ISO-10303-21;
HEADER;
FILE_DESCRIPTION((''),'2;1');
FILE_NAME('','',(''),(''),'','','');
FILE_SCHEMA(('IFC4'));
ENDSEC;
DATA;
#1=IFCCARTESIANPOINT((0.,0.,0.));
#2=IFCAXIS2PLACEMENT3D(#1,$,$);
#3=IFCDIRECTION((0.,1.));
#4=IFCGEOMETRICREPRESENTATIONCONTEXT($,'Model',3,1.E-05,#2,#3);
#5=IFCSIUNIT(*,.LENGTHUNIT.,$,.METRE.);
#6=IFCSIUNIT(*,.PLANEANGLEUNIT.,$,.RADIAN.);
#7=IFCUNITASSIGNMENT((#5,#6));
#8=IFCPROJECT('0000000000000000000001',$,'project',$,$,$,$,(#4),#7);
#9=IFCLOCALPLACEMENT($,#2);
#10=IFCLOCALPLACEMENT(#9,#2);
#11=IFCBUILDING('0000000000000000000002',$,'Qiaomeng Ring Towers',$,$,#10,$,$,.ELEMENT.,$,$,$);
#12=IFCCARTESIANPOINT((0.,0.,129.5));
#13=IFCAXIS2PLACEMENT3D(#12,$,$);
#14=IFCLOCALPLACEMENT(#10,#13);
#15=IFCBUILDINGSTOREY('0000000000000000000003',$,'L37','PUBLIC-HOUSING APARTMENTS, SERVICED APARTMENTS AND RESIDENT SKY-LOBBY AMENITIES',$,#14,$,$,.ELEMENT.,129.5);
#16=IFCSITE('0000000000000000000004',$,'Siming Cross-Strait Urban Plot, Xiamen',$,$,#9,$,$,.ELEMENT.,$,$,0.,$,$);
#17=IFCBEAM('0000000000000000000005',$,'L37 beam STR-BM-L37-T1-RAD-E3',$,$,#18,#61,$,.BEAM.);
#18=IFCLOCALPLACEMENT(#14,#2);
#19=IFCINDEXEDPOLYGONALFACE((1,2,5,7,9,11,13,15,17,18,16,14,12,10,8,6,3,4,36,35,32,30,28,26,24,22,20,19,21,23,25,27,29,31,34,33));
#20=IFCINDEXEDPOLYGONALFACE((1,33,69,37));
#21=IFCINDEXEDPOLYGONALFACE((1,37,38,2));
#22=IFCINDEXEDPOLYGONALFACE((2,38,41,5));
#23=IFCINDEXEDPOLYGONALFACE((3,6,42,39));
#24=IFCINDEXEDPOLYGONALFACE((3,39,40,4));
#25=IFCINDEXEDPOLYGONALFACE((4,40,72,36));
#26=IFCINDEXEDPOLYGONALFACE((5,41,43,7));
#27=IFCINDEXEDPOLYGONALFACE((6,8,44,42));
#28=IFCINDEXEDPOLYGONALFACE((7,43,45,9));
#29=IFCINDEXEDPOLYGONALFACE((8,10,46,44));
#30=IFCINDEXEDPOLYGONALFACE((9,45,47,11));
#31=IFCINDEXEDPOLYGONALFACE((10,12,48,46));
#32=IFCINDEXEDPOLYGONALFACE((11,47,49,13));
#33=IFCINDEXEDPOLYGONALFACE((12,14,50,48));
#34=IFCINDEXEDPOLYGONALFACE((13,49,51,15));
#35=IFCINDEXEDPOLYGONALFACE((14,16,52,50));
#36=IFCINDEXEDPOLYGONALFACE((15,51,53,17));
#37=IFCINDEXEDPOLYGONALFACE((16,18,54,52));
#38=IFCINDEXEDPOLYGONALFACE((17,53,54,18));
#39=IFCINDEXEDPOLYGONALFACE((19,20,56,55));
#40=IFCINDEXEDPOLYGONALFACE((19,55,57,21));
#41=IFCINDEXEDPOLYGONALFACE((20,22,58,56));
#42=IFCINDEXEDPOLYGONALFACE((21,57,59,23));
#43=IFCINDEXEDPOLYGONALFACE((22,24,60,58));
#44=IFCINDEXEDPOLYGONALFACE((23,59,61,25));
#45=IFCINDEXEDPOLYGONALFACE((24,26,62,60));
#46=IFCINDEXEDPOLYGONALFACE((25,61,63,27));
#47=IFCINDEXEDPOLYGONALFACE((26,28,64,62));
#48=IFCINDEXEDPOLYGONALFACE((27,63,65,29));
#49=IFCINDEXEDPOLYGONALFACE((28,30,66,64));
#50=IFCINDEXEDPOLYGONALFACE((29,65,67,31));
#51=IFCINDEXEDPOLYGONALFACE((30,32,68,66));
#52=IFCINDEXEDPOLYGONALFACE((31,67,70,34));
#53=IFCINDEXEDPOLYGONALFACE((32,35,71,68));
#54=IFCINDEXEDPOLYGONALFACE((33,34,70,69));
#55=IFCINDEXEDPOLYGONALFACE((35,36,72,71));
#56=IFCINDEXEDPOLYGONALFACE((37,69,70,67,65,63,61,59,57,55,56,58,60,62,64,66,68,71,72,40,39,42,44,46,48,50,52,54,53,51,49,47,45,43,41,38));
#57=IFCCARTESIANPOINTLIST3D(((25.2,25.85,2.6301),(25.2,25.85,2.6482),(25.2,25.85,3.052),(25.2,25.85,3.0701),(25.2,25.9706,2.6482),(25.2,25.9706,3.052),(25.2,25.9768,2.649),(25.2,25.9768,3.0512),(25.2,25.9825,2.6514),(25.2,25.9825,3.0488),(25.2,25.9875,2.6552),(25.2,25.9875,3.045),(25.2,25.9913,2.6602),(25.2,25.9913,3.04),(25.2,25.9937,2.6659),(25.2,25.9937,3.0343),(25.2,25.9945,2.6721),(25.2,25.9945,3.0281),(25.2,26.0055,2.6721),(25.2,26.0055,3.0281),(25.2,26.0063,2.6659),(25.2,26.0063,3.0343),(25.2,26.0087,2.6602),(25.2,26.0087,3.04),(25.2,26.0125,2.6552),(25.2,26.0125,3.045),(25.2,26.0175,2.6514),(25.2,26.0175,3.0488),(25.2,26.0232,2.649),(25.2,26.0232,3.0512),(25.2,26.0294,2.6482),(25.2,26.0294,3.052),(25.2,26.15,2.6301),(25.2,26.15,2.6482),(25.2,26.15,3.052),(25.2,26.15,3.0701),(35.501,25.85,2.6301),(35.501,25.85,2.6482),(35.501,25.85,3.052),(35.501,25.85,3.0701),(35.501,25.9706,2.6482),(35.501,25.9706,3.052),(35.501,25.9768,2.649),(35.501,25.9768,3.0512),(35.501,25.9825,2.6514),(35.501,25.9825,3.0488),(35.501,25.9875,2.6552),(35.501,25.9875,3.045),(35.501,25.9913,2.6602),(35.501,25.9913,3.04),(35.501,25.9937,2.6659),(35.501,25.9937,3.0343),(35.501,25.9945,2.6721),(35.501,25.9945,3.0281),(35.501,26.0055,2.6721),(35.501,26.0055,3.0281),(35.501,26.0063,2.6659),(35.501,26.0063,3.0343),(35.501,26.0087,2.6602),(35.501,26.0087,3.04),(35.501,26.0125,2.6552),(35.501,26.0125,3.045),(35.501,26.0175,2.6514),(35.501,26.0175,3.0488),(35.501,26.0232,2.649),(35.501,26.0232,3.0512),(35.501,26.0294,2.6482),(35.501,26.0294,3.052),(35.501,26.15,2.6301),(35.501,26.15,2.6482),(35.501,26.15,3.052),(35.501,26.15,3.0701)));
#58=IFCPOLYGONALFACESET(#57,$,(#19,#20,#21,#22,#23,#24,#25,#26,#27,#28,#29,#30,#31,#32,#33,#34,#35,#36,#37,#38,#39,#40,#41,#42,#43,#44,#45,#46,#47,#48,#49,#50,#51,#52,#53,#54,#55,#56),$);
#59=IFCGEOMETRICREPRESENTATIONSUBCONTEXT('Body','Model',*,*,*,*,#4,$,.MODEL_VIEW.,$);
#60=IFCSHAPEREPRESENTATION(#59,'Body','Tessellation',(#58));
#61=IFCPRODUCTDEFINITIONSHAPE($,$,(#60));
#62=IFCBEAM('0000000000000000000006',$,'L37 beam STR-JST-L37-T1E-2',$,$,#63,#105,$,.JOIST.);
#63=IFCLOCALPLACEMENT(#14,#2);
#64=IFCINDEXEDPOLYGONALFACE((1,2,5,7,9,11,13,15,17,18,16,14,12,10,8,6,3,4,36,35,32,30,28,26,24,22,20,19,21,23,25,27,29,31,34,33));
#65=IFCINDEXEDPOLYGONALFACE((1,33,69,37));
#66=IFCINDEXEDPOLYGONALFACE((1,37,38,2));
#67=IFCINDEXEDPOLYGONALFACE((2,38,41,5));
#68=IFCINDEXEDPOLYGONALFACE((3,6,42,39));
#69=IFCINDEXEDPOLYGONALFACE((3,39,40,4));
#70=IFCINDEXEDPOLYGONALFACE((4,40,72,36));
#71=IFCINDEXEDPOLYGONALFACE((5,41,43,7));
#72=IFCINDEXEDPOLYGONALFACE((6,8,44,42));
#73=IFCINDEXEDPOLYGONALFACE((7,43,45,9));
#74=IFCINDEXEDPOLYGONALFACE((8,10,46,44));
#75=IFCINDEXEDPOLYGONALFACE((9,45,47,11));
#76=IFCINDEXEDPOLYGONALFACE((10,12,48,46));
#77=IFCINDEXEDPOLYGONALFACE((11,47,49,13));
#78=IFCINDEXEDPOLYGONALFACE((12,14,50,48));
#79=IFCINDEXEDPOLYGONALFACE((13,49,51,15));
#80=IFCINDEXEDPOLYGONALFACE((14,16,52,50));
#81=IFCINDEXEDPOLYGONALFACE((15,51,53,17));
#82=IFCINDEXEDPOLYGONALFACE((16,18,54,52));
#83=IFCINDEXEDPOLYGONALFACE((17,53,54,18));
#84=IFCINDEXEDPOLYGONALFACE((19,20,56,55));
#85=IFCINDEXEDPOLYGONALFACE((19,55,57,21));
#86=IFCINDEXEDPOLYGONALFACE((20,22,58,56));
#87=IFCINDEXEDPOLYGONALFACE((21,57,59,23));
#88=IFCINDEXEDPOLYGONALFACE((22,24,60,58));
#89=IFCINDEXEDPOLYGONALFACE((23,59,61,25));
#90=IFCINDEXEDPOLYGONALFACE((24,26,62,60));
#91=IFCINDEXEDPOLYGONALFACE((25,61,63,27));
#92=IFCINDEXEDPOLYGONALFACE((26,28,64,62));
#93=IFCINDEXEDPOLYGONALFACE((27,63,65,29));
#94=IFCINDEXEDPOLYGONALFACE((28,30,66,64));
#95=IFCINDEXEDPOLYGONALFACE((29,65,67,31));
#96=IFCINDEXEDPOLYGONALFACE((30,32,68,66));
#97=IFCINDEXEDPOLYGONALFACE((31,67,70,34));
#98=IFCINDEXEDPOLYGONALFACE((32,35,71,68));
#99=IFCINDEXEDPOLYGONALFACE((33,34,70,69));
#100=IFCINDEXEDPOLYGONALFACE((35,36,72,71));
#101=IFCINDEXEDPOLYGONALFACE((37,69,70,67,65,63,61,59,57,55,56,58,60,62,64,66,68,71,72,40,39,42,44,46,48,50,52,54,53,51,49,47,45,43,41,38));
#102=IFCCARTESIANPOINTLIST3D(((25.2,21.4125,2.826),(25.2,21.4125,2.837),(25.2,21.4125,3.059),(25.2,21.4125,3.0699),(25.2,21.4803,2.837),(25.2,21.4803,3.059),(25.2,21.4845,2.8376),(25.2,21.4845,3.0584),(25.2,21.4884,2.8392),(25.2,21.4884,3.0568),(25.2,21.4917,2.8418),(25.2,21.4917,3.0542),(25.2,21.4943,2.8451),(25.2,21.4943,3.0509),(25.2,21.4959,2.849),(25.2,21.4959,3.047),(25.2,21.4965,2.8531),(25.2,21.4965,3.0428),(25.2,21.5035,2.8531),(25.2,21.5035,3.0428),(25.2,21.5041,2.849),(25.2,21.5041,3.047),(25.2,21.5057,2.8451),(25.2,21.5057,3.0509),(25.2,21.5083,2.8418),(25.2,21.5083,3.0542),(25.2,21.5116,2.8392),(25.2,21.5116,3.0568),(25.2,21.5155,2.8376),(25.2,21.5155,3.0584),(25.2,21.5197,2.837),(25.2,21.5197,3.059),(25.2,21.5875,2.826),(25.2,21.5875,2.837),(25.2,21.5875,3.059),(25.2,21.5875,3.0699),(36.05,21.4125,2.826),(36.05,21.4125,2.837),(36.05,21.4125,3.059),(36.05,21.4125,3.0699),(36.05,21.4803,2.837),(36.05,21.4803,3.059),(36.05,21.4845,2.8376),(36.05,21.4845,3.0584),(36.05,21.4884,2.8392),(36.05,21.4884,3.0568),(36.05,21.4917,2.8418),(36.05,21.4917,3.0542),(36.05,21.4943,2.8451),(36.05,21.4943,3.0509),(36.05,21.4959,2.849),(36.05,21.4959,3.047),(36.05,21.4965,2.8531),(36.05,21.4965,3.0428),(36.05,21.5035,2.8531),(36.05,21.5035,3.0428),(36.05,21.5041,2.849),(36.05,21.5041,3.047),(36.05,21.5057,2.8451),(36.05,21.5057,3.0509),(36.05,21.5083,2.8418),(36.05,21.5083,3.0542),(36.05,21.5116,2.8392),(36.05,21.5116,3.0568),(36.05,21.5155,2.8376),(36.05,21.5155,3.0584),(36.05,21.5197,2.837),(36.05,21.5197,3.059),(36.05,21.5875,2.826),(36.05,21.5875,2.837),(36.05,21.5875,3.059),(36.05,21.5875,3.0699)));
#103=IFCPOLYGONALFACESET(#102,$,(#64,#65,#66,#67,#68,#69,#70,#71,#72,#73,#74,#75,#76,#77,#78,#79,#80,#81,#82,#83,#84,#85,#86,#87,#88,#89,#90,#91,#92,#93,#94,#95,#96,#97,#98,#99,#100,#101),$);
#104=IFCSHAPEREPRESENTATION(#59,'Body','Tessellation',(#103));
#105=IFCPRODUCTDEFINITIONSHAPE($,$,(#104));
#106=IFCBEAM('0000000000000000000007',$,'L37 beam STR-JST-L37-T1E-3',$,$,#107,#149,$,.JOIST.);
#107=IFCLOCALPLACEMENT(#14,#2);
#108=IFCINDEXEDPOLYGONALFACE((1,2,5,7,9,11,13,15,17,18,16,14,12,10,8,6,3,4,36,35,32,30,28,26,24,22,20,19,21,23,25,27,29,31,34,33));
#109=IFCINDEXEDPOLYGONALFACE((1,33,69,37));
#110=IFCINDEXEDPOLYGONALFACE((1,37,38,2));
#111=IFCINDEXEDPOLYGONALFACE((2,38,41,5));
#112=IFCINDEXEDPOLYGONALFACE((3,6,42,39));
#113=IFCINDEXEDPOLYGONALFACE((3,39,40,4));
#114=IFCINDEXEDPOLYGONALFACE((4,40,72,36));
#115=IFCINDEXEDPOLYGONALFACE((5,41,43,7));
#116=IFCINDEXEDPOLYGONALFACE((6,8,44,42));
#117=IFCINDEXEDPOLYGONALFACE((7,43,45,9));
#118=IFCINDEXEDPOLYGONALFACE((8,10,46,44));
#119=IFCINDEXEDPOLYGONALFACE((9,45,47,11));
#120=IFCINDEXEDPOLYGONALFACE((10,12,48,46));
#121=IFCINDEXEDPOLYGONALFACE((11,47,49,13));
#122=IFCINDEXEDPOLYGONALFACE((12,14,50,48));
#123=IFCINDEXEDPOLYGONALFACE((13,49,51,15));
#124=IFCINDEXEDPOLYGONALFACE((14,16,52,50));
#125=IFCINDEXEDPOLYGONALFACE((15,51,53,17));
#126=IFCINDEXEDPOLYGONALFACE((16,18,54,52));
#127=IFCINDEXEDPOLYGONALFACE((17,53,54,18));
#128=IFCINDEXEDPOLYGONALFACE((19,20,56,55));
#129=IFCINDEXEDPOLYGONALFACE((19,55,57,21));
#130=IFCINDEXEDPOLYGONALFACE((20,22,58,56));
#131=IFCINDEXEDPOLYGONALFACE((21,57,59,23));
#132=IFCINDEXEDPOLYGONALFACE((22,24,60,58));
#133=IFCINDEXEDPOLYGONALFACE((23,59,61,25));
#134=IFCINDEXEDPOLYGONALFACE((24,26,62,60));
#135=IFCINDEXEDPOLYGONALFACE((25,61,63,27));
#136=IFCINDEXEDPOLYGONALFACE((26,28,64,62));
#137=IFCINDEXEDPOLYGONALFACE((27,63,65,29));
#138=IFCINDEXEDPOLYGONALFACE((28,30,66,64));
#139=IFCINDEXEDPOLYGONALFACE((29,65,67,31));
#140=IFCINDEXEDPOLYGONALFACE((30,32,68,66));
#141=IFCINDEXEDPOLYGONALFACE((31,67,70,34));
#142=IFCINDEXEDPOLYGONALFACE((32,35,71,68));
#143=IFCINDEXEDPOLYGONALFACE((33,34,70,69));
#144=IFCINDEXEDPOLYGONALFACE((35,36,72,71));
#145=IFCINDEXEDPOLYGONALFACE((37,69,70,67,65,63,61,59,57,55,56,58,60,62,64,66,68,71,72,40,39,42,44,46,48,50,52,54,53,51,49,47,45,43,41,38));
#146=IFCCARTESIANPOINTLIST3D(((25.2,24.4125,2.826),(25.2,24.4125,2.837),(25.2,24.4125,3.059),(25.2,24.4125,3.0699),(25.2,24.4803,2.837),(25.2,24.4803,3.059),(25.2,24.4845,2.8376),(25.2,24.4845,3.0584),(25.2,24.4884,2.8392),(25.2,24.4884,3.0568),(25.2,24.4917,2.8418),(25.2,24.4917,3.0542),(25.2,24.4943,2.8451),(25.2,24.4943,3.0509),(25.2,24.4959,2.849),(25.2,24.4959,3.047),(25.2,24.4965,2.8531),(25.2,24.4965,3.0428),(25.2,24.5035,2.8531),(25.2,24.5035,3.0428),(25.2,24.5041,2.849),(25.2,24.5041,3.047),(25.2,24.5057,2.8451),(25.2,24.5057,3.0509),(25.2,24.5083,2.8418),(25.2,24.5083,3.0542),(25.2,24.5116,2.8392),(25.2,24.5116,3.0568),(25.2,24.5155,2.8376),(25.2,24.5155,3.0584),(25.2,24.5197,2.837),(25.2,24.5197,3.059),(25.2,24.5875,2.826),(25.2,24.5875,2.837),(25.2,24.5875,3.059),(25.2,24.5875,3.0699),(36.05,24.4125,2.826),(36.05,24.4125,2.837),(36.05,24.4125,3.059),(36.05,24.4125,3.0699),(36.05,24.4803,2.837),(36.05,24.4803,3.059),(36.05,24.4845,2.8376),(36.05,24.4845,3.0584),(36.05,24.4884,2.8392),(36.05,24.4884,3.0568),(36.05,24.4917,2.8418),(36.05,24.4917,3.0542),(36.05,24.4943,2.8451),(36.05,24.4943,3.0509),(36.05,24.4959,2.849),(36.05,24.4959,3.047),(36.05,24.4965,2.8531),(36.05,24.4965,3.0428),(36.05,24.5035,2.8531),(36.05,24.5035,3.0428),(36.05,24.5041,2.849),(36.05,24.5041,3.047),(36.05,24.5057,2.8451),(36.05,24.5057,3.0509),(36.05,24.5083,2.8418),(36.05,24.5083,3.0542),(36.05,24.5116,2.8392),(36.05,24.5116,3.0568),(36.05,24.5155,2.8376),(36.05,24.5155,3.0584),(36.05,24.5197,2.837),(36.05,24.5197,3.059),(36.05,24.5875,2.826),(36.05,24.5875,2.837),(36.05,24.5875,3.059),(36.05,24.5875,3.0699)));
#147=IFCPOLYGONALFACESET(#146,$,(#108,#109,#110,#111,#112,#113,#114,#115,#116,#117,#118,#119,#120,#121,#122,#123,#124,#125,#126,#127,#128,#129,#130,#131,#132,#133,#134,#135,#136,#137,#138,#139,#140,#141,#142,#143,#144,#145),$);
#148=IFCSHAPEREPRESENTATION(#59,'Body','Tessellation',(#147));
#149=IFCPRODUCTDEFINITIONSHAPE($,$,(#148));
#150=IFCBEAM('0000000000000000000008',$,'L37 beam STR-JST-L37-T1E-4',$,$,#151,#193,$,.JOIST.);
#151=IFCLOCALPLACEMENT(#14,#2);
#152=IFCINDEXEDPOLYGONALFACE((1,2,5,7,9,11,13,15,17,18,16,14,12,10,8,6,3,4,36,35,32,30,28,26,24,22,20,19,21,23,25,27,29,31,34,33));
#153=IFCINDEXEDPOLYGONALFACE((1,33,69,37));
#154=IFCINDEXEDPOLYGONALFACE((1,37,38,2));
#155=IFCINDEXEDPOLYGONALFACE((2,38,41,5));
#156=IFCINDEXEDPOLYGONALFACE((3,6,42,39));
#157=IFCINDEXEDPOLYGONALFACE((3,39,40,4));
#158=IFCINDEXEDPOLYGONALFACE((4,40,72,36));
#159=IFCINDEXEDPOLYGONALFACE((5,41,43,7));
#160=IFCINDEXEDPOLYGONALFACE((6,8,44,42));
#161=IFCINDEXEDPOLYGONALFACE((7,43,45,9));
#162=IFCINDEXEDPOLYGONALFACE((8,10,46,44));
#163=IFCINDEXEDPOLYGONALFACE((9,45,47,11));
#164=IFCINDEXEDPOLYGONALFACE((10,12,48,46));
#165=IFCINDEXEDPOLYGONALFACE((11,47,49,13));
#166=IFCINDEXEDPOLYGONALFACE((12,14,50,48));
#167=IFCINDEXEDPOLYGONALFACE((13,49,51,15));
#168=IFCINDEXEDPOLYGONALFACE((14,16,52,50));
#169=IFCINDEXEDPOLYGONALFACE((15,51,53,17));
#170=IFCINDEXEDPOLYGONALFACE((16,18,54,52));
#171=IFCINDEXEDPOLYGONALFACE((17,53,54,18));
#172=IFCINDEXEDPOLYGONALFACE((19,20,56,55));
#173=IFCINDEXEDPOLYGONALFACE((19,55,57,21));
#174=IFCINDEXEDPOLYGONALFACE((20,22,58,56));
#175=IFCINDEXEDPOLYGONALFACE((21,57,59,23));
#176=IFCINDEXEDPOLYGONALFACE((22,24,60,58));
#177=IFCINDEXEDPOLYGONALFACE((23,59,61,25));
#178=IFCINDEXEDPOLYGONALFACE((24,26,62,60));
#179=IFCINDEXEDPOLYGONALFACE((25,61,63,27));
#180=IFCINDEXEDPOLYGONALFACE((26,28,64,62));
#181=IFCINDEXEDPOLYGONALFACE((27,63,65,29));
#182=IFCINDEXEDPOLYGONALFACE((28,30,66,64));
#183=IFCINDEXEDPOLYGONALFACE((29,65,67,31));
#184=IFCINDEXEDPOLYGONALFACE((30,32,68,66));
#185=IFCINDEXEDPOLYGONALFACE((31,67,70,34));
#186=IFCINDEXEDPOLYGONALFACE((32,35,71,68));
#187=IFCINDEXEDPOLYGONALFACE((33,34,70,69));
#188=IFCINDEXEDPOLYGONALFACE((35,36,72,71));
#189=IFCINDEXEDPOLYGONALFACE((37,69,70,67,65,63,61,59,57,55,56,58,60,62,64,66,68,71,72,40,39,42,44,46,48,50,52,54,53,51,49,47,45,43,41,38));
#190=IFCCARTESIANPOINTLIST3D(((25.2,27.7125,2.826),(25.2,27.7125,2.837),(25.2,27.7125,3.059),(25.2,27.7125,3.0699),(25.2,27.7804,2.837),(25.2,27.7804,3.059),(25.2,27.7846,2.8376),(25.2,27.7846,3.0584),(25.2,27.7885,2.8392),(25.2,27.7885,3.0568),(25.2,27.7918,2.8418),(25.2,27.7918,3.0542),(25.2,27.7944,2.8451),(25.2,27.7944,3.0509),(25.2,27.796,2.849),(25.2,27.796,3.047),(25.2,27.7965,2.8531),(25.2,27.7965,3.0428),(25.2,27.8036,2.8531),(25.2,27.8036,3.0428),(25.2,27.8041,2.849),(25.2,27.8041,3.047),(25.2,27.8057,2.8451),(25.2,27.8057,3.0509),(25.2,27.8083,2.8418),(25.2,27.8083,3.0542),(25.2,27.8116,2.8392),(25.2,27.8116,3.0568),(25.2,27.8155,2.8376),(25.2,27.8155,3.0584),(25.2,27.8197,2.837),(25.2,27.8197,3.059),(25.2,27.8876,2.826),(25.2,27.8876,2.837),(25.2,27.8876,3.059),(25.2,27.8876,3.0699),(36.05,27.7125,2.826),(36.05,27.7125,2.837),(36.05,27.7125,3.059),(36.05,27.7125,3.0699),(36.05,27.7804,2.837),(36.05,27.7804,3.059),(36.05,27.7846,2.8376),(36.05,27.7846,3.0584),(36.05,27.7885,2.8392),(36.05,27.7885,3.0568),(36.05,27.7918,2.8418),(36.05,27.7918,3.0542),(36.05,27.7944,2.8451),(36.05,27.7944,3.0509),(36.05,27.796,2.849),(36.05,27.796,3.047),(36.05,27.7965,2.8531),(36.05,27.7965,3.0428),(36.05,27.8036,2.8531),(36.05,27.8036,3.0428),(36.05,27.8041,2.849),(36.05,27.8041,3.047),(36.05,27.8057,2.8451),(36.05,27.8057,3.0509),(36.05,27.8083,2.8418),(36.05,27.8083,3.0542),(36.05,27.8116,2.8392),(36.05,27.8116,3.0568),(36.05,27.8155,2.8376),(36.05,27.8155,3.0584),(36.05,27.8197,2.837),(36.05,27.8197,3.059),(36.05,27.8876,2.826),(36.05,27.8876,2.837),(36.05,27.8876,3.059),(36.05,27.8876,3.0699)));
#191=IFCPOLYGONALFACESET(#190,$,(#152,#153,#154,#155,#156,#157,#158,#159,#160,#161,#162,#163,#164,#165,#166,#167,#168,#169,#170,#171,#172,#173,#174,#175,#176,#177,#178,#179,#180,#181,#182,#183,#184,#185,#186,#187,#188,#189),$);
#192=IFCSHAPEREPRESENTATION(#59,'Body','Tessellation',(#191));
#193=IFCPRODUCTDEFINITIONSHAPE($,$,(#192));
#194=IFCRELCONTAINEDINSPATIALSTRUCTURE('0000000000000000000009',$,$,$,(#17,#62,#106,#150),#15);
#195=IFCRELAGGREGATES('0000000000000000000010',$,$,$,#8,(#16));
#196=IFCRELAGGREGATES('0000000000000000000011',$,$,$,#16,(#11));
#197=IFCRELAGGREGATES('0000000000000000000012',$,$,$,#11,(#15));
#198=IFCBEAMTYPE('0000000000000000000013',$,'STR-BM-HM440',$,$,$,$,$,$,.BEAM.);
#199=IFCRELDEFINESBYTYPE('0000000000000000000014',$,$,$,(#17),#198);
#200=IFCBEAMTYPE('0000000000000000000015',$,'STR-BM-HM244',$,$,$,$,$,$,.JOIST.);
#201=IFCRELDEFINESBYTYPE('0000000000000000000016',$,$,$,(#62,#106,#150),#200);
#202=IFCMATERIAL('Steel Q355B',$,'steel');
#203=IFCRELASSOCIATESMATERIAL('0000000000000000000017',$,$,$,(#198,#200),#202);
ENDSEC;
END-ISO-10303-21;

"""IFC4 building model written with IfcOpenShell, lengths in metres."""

from ifc_helpers import new_model, si_unit, direction, frame, origin, origin_2d, place, context, subcontext, project, spatial, i_section, extrude, source, transform, mapped, material, material_profile, profile_set, type_object, element, save


model = new_model("IFC4")

# Units and contexts
model_context = context("Model", 3, precision=1e-05, world=origin(), true_north=direction((0.0, 1.0)))
body_context = subcontext(model_context, "Body", "Model", "MODEL_VIEW")
ifc_project = project(units=[si_unit("LENGTHUNIT", "METRE"), si_unit("PLANEANGLEUNIT", "RADIAN")], contexts=[model_context])

# Site, building, storey
site_placement = place(None, origin())
site = spatial("IfcSite", under=ifc_project, at=site_placement, Name="Siming Cross-Strait Urban Plot, Xiamen", CompositionType="ELEMENT", RefElevation=0.0)
building_placement = place(site_placement, origin())
building = spatial("IfcBuilding", under=site, at=building_placement, Name="Qiaomeng Ring Towers", CompositionType="ELEMENT")
storey_placement = place(building_placement, frame((0.0, 0.0, 129.5)))
storey = spatial("IfcBuildingStorey", under=building, at=storey_placement, Name="L37", Description="PUBLIC-HOUSING APARTMENTS, SERVICED APARTMENTS AND RESIDENT SKY-LOBBY AMENITIES", CompositionType="ELEMENT", Elevation=129.5)

# Beams
ifc_material_1 = material(Name="Steel Q355B", Category="steel")
ifc_material_profile_1 = material_profile(ifc_material_1, i_section(OverallWidth=0.3, OverallDepth=0.4399, WebThickness=0.011, FlangeThickness=0.0181, FilletRadius=0.0239, at=origin_2d()), Name="HM 440x300x11x18")
ifc_profile_set_1 = profile_set([ifc_material_profile_1], Name="Steel Q355B")
beam_type_1 = type_object("IfcBeamType", Name="STR-BM-HM440", PredefinedType="BEAM", material=ifc_profile_set_1)
shared_shape_1 = source(origin(), body_context, "Body", "SweptSolid", [
    extrude(i_section(OverallWidth=0.3, OverallDepth=0.4399, WebThickness=0.011, FlangeThickness=0.0181, FilletRadius=0.0239, at=origin_2d()), origin(), (0.0, 0.0, 1.0), 10.301),
])
beam_placement = place(storey_placement, frame((25.2, 26.0, 2.8501), z_axis=(1.0, 0.0, 0.0), x_axis=(0.0, 1.0, 0.0)))
element("IfcBeam", 1, at=beam_placement, inside=storey, type_object=beam_type_1, Name="L37 beam STR-BM-L37-T1-RAD-E3", PredefinedType="BEAM", context=body_context, shape_type="MappedRepresentation", body=[
    mapped(shared_shape_1, transform((0.0, 0.0, 0.0), x_axis=(1.0, 0.0, 0.0), y_axis=(0.0, 1.0, 0.0), z_axis=(0.0, 0.0, 1.0), scale=1.0)),
])
ifc_material_profile_2 = material_profile(ifc_material_1, i_section(OverallWidth=0.175, OverallDepth=0.2439, WebThickness=0.0071, FlangeThickness=0.011, FilletRadius=0.0161, at=origin_2d()), Name="HM 244x175x7x11")
ifc_profile_set_2 = profile_set([ifc_material_profile_2], Name="Steel Q355B")
beam_type_2 = type_object("IfcBeamType", Name="STR-BM-HM244", PredefinedType="JOIST", material=ifc_profile_set_2)
shared_shape_2 = source(origin(), body_context, "Body", "SweptSolid", [
    extrude(i_section(OverallWidth=0.175, OverallDepth=0.2439, WebThickness=0.0071, FlangeThickness=0.011, FilletRadius=0.0161, at=origin_2d()), origin(), (0.0, 0.0, 1.0), 10.8501),
])
for number, where, z_axis, x_axis, name in (
    (2, (25.2, 21.5, 2.948), (1.0, 0.0, 0.0), (0.0, 1.0, 0.0), "L37 beam STR-JST-L37-T1E-2"),
    (3, (25.2, 24.5, 2.948), (1.0, 0.0, 0.0), (0.0, 1.0, 0.0), "L37 beam STR-JST-L37-T1E-3"),
    (4, (25.2, 27.8, 2.948), (1.0, 0.0, 0.0), (0.0, 1.0, 0.0), "L37 beam STR-JST-L37-T1E-4"),
):
    element("IfcBeam", number, at=place(storey_placement, frame(where, z_axis=z_axis, x_axis=x_axis)), inside=storey, type_object=beam_type_2, Name=name, PredefinedType="JOIST", context=body_context, shape_type="MappedRepresentation", body=[
        mapped(shared_shape_2, transform((0.0, 0.0, 0.0), x_axis=(1.0, 0.0, 0.0), y_axis=(0.0, 1.0, 0.0), z_axis=(0.0, 0.0, 1.0), scale=1.0)),
    ])

save(model, "model.ifc")
